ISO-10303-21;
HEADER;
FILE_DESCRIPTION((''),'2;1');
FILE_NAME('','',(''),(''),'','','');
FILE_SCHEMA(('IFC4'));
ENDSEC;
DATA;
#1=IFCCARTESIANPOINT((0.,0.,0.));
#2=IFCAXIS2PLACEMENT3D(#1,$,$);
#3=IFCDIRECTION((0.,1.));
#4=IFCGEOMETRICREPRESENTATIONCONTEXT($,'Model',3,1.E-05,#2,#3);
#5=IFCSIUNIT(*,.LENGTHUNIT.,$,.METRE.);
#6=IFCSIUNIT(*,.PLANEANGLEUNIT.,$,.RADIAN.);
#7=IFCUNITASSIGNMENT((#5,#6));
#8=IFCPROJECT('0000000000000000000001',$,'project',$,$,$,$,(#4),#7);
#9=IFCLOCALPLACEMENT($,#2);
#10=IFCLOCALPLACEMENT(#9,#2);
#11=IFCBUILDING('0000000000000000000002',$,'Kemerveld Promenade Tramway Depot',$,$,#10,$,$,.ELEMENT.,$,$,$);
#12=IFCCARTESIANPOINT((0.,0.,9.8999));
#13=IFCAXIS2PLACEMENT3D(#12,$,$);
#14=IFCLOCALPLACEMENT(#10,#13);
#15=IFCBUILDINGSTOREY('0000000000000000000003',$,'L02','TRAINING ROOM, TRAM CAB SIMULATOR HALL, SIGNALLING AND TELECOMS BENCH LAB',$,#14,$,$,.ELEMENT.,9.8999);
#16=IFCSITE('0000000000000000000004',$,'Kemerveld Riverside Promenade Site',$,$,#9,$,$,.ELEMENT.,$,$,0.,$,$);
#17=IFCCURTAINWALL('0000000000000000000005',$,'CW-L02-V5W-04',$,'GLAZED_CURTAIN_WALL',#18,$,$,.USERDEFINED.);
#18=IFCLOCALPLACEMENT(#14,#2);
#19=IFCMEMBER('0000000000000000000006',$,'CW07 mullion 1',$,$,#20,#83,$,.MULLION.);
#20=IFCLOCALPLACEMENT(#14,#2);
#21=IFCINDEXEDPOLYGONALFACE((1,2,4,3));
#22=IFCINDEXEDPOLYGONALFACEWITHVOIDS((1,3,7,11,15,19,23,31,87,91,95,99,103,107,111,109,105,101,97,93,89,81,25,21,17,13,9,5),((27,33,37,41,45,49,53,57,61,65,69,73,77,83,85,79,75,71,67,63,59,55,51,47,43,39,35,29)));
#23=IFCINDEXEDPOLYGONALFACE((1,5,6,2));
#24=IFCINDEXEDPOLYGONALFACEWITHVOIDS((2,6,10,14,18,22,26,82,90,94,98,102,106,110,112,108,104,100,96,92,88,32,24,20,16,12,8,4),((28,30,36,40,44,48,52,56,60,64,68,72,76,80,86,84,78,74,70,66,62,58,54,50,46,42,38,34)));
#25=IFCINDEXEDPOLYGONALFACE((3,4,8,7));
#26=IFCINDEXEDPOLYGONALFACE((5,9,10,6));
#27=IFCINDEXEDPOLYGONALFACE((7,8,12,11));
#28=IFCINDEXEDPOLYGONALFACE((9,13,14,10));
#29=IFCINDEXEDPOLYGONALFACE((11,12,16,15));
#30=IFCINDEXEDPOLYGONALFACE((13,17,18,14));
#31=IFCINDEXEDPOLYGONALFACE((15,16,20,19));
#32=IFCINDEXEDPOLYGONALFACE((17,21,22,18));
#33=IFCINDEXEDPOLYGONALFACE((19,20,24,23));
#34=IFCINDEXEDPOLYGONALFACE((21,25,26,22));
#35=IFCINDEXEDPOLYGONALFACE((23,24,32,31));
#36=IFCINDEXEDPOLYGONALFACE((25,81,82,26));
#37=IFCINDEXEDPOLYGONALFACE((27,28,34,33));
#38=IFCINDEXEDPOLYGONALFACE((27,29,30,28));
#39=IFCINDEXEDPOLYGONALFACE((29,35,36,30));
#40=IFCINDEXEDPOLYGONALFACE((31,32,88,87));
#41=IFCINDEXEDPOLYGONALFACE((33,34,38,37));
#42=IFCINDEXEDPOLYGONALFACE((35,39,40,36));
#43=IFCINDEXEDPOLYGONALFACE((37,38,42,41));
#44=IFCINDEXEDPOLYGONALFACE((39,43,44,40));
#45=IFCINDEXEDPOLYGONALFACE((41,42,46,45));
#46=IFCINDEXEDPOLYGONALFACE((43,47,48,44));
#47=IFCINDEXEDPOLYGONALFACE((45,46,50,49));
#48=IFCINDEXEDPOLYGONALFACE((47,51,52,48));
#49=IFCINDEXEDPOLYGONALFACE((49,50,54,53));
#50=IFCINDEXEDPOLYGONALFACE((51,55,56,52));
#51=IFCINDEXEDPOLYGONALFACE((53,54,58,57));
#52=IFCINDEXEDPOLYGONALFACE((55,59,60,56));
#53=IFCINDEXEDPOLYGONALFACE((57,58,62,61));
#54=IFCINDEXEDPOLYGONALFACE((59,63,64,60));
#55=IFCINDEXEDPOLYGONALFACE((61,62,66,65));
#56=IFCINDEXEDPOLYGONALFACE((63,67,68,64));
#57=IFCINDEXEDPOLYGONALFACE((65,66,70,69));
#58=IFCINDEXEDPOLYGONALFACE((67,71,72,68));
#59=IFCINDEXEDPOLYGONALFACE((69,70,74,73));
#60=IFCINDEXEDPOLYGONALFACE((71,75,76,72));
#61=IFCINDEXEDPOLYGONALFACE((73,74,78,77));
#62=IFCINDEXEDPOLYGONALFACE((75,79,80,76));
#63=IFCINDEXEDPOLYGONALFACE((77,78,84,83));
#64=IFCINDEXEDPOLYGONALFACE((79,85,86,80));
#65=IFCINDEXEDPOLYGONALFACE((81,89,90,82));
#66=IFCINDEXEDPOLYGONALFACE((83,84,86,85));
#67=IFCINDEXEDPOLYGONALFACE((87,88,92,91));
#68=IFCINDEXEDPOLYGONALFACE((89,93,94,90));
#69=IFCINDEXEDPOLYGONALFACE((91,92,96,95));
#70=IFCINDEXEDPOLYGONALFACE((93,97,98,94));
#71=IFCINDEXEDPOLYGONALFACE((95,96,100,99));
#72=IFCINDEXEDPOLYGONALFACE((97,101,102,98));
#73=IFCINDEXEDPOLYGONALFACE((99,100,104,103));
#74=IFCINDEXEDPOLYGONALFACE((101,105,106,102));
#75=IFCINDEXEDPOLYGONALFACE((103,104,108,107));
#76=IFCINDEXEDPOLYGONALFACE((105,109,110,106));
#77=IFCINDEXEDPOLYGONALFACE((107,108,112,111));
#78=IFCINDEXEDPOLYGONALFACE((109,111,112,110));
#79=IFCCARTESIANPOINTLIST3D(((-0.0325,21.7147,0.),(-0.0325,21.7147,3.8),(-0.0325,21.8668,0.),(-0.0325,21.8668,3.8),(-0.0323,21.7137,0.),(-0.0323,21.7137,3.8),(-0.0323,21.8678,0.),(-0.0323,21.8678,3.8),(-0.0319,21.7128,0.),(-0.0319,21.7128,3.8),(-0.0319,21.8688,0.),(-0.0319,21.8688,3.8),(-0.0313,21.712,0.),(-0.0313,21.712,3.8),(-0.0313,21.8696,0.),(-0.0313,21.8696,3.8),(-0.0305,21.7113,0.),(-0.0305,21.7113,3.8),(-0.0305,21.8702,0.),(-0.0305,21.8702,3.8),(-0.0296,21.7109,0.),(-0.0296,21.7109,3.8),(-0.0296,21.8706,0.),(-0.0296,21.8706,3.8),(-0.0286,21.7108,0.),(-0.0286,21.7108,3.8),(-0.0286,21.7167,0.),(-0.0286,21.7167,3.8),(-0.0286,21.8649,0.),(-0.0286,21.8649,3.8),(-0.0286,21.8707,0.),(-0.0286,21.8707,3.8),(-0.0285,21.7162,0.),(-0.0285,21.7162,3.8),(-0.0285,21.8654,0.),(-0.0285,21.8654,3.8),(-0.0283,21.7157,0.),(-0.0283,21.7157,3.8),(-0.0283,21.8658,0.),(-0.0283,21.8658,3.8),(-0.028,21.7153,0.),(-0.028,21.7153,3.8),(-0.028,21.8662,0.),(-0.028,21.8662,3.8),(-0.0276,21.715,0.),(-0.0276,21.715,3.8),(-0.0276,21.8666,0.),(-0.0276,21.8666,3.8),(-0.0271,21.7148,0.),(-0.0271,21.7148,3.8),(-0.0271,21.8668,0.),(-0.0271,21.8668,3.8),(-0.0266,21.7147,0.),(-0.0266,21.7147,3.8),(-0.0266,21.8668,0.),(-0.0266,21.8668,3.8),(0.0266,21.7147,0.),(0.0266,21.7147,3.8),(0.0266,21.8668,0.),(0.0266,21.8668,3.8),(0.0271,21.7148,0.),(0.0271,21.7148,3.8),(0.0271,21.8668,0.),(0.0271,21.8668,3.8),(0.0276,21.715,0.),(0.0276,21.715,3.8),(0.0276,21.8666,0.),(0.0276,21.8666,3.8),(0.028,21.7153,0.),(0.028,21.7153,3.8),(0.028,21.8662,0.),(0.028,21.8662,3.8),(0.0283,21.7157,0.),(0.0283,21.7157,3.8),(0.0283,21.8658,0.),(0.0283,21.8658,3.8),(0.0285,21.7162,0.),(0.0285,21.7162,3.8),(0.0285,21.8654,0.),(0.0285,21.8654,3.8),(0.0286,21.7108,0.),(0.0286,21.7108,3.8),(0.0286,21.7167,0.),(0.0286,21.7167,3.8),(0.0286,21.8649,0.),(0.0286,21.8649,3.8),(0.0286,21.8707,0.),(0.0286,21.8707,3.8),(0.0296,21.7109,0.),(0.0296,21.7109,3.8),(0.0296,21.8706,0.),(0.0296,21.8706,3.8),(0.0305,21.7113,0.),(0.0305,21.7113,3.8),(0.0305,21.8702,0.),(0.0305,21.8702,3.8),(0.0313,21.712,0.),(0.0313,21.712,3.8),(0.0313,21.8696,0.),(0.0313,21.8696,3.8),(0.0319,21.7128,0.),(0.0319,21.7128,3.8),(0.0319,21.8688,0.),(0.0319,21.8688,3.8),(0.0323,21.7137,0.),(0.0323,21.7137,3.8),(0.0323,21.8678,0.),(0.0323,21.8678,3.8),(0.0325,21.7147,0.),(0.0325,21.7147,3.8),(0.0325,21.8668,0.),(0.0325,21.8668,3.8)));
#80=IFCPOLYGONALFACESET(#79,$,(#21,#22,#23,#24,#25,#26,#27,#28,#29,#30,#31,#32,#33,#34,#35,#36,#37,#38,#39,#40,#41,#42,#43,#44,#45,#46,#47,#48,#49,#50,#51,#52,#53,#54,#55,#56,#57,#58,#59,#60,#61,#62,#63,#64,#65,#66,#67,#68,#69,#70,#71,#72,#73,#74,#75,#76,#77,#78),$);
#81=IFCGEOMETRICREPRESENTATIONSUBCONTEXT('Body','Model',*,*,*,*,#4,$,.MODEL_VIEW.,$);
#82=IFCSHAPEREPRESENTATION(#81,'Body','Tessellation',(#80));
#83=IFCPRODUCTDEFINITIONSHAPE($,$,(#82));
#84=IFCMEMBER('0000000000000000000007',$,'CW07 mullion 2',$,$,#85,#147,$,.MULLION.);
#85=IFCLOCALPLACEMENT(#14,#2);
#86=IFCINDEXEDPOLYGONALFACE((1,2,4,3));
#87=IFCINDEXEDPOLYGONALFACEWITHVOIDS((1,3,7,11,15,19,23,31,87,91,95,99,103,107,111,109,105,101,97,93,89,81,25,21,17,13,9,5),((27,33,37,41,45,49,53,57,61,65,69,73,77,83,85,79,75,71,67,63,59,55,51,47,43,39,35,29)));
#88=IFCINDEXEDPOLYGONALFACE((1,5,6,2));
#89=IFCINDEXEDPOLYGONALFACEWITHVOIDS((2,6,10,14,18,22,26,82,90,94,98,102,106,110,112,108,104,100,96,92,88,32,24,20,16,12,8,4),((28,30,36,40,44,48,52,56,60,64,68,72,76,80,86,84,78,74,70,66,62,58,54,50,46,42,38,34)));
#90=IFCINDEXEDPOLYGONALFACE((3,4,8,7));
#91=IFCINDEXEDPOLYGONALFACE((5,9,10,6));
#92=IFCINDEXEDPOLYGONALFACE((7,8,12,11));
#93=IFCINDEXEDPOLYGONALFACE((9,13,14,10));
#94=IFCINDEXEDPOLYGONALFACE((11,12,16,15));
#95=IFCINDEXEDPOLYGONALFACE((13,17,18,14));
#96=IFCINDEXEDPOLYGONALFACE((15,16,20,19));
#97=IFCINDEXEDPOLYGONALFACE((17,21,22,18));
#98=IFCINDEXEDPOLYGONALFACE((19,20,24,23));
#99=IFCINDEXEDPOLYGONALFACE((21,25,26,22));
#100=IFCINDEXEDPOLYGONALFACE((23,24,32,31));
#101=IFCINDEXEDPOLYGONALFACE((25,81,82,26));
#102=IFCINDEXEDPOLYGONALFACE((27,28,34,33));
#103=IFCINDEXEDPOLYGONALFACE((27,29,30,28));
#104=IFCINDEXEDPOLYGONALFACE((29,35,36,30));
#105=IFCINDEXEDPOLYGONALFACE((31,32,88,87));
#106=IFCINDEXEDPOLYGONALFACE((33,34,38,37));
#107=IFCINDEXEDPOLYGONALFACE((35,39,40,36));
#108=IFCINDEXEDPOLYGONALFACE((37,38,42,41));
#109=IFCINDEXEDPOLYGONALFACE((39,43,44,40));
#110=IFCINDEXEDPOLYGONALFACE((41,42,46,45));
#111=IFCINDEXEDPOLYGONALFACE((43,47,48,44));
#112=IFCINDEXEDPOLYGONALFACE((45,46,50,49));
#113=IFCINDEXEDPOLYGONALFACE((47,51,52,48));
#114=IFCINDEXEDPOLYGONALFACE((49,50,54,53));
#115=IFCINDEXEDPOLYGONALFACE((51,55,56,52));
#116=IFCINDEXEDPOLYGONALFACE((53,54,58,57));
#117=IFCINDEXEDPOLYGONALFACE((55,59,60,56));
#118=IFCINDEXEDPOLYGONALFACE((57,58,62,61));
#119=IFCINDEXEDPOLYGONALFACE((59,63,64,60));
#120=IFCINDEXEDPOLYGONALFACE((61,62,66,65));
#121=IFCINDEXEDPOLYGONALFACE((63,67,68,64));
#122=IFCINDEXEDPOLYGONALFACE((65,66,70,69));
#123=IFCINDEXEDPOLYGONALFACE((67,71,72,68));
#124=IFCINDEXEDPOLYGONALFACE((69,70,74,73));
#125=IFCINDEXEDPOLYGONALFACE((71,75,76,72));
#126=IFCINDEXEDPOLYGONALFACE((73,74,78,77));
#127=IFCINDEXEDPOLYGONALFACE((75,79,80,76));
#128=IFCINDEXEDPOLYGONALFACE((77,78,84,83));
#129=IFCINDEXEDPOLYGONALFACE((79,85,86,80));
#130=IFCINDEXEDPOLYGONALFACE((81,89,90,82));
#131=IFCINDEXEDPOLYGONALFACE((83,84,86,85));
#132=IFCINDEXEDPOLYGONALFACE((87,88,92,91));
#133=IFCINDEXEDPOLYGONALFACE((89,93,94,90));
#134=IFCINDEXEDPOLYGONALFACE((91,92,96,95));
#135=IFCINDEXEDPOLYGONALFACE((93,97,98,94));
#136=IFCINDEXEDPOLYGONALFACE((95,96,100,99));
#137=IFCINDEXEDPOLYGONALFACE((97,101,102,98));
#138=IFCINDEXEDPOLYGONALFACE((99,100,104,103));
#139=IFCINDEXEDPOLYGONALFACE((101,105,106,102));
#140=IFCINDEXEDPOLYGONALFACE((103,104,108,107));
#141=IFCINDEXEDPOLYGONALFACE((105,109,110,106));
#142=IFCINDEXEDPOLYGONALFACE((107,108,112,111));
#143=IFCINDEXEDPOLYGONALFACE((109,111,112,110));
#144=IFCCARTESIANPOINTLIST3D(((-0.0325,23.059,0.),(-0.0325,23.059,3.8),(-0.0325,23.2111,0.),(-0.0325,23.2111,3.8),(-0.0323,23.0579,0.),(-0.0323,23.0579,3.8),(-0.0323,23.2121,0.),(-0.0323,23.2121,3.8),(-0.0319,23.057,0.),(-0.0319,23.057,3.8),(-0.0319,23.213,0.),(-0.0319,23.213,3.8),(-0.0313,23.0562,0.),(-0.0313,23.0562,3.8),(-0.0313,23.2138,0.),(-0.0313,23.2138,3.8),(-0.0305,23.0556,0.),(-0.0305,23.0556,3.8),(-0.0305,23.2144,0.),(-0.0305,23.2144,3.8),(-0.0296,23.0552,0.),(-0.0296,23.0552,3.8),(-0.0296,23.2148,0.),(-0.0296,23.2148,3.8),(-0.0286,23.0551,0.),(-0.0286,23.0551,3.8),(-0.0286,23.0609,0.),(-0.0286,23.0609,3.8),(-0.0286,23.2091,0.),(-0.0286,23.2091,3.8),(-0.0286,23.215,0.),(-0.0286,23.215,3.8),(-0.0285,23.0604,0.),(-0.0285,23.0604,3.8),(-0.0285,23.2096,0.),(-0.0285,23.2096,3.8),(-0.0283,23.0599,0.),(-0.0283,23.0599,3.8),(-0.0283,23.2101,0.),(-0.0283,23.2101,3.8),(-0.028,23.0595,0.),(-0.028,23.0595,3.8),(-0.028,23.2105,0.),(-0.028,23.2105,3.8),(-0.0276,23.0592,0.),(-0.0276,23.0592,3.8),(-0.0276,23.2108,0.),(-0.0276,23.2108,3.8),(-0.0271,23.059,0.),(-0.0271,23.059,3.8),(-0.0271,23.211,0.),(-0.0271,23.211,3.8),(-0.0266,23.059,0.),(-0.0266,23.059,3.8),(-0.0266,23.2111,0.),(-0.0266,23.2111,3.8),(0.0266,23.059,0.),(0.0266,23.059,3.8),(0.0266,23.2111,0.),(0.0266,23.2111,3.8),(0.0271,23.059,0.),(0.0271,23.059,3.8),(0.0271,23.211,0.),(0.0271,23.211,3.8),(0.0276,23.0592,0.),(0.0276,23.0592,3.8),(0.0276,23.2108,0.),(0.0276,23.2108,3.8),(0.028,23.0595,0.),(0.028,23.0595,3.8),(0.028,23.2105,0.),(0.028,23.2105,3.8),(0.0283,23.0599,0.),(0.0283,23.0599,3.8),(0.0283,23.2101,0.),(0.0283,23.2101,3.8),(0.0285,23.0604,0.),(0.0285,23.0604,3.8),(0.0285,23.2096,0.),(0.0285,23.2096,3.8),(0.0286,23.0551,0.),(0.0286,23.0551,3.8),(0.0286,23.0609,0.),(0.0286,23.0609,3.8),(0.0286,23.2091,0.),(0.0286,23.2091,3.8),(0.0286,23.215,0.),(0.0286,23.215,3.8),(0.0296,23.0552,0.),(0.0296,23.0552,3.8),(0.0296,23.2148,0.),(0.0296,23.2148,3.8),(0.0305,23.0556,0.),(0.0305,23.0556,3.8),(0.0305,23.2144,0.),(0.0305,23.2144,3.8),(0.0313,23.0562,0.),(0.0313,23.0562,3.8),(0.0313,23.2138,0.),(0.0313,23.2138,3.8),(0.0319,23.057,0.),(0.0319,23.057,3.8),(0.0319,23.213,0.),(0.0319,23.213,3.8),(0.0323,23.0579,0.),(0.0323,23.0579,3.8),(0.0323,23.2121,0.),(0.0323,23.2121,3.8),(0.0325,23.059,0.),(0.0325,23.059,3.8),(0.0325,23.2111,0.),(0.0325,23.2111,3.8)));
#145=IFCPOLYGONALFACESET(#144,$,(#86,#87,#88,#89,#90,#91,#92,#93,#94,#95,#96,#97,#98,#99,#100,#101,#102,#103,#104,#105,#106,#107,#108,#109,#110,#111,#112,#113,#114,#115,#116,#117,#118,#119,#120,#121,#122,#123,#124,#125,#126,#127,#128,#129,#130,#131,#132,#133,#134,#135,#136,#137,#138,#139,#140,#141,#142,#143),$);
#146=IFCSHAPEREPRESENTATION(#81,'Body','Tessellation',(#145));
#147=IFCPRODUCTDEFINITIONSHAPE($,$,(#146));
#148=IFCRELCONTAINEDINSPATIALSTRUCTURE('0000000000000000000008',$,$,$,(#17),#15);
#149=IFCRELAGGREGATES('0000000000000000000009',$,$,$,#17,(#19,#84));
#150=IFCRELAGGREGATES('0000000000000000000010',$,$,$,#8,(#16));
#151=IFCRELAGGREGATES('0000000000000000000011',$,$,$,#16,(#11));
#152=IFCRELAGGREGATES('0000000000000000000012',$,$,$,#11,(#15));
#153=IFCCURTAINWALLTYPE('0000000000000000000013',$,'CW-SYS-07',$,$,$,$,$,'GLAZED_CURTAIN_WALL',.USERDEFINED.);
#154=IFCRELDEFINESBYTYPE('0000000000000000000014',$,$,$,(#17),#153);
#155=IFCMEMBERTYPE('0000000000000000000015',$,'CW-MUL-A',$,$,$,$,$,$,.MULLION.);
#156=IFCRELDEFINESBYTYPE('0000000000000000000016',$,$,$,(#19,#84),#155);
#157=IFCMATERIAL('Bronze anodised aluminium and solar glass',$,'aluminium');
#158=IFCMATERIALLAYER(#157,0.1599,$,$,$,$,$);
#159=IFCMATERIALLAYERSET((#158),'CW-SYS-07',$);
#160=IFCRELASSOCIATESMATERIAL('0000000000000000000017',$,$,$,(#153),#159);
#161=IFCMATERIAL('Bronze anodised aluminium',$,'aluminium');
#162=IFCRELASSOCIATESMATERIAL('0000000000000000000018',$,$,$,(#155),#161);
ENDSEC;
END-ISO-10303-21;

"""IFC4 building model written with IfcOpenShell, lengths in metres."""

from ifc_helpers import new_model, si_unit, direction, frame, origin, origin_2d, place, context, subcontext, project, spatial, hollow_rectangle, extrude, material, layer, layer_set, material_profile, profile_set, type_object, element, aggregate, save


model = new_model("IFC4")

# Units and contexts
model_context = context("Model", 3, precision=1e-05, world=origin(), true_north=direction((0.0, 1.0)))
body_context = subcontext(model_context, "Body", "Model", "MODEL_VIEW")
ifc_project = project(units=[si_unit("LENGTHUNIT", "METRE"), si_unit("PLANEANGLEUNIT", "RADIAN")], contexts=[model_context])

# Site, building, storey
site_placement = place(None, origin())
site = spatial("IfcSite", under=ifc_project, at=site_placement, Name="Kemerveld Riverside Promenade Site", CompositionType="ELEMENT", RefElevation=0.0)
building_placement = place(site_placement, origin())
building = spatial("IfcBuilding", under=site, at=building_placement, Name="Kemerveld Promenade Tramway Depot", CompositionType="ELEMENT")
storey_placement = place(building_placement, frame((0.0, 0.0, 9.8999)))
storey = spatial("IfcBuildingStorey", under=building, at=storey_placement, Name="L02", Description="TRAINING ROOM, TRAM CAB SIMULATOR HALL, SIGNALLING AND TELECOMS BENCH LAB", CompositionType="ELEMENT", Elevation=9.8999)

# Curtain wall, members
ifc_material_1 = material(Name="Bronze anodised aluminium and solar glass", Category="aluminium")
ifc_layer_1 = layer(ifc_material_1, 0.1599)
ifc_layer_set_1 = layer_set([ifc_layer_1], Name="CW-SYS-07")
curtain_wall_type = type_object("IfcCurtainWallType", Name="CW-SYS-07", ElementType="GLAZED_CURTAIN_WALL", PredefinedType="USERDEFINED", material=ifc_layer_set_1)
curtain_wall_placement = place(storey_placement, origin())
curtain_wall = element("IfcCurtainWall", 1, at=curtain_wall_placement, inside=storey, type_object=curtain_wall_type, Name="CW-L02-V5W-04", ObjectType="GLAZED_CURTAIN_WALL", PredefinedType="USERDEFINED")
ifc_material_2 = material(Name="Bronze anodised aluminium", Category="aluminium")
ifc_material_profile_1 = material_profile(ifc_material_2, hollow_rectangle(XDim=0.0649, YDim=0.1599, WallThickness=0.0039, InnerFilletRadius=0.002, OuterFilletRadius=0.0039, at=origin_2d()), Name="CW-MUL-160x65")
ifc_profile_set_1 = profile_set([ifc_material_profile_1], Name="Bronze anodised aluminium")
member_type_1 = type_object("IfcMemberType", Name="CW-MUL-A", PredefinedType="MULLION", material=ifc_profile_set_1)
member_1_placement = place(storey_placement, frame((0.0, 21.7908, 0.0), z_axis=(0.0, 0.0, 1.0), x_axis=(-1.0, 0.0, 0.0)))
member_1 = element("IfcMember", 2, at=member_1_placement, type_object=member_type_1, Name="CW07 mullion 1", PredefinedType="MULLION", context=body_context, shape_type="SweptSolid", body=[
    extrude(hollow_rectangle(XDim=0.0649, YDim=0.1599, WallThickness=0.0039, InnerFilletRadius=0.002, OuterFilletRadius=0.0039, at=origin_2d()), origin(), (0.0, 0.0, 1.0), 3.8),
])
member_2_placement = place(storey_placement, frame((0.0, 23.135, 0.0), z_axis=(0.0, 0.0, 1.0), x_axis=(-1.0, 0.0, 0.0)))
member_2 = element("IfcMember", 3, at=member_2_placement, type_object=member_type_1, Name="CW07 mullion 2", PredefinedType="MULLION", context=body_context, shape_type="SweptSolid", body=[
    extrude(hollow_rectangle(XDim=0.0649, YDim=0.1599, WallThickness=0.0039, InnerFilletRadius=0.002, OuterFilletRadius=0.0039, at=origin_2d()), origin(), (0.0, 0.0, 1.0), 3.8),
])
aggregate(curtain_wall, [member_1, member_2])

save(model, "model.ifc")
